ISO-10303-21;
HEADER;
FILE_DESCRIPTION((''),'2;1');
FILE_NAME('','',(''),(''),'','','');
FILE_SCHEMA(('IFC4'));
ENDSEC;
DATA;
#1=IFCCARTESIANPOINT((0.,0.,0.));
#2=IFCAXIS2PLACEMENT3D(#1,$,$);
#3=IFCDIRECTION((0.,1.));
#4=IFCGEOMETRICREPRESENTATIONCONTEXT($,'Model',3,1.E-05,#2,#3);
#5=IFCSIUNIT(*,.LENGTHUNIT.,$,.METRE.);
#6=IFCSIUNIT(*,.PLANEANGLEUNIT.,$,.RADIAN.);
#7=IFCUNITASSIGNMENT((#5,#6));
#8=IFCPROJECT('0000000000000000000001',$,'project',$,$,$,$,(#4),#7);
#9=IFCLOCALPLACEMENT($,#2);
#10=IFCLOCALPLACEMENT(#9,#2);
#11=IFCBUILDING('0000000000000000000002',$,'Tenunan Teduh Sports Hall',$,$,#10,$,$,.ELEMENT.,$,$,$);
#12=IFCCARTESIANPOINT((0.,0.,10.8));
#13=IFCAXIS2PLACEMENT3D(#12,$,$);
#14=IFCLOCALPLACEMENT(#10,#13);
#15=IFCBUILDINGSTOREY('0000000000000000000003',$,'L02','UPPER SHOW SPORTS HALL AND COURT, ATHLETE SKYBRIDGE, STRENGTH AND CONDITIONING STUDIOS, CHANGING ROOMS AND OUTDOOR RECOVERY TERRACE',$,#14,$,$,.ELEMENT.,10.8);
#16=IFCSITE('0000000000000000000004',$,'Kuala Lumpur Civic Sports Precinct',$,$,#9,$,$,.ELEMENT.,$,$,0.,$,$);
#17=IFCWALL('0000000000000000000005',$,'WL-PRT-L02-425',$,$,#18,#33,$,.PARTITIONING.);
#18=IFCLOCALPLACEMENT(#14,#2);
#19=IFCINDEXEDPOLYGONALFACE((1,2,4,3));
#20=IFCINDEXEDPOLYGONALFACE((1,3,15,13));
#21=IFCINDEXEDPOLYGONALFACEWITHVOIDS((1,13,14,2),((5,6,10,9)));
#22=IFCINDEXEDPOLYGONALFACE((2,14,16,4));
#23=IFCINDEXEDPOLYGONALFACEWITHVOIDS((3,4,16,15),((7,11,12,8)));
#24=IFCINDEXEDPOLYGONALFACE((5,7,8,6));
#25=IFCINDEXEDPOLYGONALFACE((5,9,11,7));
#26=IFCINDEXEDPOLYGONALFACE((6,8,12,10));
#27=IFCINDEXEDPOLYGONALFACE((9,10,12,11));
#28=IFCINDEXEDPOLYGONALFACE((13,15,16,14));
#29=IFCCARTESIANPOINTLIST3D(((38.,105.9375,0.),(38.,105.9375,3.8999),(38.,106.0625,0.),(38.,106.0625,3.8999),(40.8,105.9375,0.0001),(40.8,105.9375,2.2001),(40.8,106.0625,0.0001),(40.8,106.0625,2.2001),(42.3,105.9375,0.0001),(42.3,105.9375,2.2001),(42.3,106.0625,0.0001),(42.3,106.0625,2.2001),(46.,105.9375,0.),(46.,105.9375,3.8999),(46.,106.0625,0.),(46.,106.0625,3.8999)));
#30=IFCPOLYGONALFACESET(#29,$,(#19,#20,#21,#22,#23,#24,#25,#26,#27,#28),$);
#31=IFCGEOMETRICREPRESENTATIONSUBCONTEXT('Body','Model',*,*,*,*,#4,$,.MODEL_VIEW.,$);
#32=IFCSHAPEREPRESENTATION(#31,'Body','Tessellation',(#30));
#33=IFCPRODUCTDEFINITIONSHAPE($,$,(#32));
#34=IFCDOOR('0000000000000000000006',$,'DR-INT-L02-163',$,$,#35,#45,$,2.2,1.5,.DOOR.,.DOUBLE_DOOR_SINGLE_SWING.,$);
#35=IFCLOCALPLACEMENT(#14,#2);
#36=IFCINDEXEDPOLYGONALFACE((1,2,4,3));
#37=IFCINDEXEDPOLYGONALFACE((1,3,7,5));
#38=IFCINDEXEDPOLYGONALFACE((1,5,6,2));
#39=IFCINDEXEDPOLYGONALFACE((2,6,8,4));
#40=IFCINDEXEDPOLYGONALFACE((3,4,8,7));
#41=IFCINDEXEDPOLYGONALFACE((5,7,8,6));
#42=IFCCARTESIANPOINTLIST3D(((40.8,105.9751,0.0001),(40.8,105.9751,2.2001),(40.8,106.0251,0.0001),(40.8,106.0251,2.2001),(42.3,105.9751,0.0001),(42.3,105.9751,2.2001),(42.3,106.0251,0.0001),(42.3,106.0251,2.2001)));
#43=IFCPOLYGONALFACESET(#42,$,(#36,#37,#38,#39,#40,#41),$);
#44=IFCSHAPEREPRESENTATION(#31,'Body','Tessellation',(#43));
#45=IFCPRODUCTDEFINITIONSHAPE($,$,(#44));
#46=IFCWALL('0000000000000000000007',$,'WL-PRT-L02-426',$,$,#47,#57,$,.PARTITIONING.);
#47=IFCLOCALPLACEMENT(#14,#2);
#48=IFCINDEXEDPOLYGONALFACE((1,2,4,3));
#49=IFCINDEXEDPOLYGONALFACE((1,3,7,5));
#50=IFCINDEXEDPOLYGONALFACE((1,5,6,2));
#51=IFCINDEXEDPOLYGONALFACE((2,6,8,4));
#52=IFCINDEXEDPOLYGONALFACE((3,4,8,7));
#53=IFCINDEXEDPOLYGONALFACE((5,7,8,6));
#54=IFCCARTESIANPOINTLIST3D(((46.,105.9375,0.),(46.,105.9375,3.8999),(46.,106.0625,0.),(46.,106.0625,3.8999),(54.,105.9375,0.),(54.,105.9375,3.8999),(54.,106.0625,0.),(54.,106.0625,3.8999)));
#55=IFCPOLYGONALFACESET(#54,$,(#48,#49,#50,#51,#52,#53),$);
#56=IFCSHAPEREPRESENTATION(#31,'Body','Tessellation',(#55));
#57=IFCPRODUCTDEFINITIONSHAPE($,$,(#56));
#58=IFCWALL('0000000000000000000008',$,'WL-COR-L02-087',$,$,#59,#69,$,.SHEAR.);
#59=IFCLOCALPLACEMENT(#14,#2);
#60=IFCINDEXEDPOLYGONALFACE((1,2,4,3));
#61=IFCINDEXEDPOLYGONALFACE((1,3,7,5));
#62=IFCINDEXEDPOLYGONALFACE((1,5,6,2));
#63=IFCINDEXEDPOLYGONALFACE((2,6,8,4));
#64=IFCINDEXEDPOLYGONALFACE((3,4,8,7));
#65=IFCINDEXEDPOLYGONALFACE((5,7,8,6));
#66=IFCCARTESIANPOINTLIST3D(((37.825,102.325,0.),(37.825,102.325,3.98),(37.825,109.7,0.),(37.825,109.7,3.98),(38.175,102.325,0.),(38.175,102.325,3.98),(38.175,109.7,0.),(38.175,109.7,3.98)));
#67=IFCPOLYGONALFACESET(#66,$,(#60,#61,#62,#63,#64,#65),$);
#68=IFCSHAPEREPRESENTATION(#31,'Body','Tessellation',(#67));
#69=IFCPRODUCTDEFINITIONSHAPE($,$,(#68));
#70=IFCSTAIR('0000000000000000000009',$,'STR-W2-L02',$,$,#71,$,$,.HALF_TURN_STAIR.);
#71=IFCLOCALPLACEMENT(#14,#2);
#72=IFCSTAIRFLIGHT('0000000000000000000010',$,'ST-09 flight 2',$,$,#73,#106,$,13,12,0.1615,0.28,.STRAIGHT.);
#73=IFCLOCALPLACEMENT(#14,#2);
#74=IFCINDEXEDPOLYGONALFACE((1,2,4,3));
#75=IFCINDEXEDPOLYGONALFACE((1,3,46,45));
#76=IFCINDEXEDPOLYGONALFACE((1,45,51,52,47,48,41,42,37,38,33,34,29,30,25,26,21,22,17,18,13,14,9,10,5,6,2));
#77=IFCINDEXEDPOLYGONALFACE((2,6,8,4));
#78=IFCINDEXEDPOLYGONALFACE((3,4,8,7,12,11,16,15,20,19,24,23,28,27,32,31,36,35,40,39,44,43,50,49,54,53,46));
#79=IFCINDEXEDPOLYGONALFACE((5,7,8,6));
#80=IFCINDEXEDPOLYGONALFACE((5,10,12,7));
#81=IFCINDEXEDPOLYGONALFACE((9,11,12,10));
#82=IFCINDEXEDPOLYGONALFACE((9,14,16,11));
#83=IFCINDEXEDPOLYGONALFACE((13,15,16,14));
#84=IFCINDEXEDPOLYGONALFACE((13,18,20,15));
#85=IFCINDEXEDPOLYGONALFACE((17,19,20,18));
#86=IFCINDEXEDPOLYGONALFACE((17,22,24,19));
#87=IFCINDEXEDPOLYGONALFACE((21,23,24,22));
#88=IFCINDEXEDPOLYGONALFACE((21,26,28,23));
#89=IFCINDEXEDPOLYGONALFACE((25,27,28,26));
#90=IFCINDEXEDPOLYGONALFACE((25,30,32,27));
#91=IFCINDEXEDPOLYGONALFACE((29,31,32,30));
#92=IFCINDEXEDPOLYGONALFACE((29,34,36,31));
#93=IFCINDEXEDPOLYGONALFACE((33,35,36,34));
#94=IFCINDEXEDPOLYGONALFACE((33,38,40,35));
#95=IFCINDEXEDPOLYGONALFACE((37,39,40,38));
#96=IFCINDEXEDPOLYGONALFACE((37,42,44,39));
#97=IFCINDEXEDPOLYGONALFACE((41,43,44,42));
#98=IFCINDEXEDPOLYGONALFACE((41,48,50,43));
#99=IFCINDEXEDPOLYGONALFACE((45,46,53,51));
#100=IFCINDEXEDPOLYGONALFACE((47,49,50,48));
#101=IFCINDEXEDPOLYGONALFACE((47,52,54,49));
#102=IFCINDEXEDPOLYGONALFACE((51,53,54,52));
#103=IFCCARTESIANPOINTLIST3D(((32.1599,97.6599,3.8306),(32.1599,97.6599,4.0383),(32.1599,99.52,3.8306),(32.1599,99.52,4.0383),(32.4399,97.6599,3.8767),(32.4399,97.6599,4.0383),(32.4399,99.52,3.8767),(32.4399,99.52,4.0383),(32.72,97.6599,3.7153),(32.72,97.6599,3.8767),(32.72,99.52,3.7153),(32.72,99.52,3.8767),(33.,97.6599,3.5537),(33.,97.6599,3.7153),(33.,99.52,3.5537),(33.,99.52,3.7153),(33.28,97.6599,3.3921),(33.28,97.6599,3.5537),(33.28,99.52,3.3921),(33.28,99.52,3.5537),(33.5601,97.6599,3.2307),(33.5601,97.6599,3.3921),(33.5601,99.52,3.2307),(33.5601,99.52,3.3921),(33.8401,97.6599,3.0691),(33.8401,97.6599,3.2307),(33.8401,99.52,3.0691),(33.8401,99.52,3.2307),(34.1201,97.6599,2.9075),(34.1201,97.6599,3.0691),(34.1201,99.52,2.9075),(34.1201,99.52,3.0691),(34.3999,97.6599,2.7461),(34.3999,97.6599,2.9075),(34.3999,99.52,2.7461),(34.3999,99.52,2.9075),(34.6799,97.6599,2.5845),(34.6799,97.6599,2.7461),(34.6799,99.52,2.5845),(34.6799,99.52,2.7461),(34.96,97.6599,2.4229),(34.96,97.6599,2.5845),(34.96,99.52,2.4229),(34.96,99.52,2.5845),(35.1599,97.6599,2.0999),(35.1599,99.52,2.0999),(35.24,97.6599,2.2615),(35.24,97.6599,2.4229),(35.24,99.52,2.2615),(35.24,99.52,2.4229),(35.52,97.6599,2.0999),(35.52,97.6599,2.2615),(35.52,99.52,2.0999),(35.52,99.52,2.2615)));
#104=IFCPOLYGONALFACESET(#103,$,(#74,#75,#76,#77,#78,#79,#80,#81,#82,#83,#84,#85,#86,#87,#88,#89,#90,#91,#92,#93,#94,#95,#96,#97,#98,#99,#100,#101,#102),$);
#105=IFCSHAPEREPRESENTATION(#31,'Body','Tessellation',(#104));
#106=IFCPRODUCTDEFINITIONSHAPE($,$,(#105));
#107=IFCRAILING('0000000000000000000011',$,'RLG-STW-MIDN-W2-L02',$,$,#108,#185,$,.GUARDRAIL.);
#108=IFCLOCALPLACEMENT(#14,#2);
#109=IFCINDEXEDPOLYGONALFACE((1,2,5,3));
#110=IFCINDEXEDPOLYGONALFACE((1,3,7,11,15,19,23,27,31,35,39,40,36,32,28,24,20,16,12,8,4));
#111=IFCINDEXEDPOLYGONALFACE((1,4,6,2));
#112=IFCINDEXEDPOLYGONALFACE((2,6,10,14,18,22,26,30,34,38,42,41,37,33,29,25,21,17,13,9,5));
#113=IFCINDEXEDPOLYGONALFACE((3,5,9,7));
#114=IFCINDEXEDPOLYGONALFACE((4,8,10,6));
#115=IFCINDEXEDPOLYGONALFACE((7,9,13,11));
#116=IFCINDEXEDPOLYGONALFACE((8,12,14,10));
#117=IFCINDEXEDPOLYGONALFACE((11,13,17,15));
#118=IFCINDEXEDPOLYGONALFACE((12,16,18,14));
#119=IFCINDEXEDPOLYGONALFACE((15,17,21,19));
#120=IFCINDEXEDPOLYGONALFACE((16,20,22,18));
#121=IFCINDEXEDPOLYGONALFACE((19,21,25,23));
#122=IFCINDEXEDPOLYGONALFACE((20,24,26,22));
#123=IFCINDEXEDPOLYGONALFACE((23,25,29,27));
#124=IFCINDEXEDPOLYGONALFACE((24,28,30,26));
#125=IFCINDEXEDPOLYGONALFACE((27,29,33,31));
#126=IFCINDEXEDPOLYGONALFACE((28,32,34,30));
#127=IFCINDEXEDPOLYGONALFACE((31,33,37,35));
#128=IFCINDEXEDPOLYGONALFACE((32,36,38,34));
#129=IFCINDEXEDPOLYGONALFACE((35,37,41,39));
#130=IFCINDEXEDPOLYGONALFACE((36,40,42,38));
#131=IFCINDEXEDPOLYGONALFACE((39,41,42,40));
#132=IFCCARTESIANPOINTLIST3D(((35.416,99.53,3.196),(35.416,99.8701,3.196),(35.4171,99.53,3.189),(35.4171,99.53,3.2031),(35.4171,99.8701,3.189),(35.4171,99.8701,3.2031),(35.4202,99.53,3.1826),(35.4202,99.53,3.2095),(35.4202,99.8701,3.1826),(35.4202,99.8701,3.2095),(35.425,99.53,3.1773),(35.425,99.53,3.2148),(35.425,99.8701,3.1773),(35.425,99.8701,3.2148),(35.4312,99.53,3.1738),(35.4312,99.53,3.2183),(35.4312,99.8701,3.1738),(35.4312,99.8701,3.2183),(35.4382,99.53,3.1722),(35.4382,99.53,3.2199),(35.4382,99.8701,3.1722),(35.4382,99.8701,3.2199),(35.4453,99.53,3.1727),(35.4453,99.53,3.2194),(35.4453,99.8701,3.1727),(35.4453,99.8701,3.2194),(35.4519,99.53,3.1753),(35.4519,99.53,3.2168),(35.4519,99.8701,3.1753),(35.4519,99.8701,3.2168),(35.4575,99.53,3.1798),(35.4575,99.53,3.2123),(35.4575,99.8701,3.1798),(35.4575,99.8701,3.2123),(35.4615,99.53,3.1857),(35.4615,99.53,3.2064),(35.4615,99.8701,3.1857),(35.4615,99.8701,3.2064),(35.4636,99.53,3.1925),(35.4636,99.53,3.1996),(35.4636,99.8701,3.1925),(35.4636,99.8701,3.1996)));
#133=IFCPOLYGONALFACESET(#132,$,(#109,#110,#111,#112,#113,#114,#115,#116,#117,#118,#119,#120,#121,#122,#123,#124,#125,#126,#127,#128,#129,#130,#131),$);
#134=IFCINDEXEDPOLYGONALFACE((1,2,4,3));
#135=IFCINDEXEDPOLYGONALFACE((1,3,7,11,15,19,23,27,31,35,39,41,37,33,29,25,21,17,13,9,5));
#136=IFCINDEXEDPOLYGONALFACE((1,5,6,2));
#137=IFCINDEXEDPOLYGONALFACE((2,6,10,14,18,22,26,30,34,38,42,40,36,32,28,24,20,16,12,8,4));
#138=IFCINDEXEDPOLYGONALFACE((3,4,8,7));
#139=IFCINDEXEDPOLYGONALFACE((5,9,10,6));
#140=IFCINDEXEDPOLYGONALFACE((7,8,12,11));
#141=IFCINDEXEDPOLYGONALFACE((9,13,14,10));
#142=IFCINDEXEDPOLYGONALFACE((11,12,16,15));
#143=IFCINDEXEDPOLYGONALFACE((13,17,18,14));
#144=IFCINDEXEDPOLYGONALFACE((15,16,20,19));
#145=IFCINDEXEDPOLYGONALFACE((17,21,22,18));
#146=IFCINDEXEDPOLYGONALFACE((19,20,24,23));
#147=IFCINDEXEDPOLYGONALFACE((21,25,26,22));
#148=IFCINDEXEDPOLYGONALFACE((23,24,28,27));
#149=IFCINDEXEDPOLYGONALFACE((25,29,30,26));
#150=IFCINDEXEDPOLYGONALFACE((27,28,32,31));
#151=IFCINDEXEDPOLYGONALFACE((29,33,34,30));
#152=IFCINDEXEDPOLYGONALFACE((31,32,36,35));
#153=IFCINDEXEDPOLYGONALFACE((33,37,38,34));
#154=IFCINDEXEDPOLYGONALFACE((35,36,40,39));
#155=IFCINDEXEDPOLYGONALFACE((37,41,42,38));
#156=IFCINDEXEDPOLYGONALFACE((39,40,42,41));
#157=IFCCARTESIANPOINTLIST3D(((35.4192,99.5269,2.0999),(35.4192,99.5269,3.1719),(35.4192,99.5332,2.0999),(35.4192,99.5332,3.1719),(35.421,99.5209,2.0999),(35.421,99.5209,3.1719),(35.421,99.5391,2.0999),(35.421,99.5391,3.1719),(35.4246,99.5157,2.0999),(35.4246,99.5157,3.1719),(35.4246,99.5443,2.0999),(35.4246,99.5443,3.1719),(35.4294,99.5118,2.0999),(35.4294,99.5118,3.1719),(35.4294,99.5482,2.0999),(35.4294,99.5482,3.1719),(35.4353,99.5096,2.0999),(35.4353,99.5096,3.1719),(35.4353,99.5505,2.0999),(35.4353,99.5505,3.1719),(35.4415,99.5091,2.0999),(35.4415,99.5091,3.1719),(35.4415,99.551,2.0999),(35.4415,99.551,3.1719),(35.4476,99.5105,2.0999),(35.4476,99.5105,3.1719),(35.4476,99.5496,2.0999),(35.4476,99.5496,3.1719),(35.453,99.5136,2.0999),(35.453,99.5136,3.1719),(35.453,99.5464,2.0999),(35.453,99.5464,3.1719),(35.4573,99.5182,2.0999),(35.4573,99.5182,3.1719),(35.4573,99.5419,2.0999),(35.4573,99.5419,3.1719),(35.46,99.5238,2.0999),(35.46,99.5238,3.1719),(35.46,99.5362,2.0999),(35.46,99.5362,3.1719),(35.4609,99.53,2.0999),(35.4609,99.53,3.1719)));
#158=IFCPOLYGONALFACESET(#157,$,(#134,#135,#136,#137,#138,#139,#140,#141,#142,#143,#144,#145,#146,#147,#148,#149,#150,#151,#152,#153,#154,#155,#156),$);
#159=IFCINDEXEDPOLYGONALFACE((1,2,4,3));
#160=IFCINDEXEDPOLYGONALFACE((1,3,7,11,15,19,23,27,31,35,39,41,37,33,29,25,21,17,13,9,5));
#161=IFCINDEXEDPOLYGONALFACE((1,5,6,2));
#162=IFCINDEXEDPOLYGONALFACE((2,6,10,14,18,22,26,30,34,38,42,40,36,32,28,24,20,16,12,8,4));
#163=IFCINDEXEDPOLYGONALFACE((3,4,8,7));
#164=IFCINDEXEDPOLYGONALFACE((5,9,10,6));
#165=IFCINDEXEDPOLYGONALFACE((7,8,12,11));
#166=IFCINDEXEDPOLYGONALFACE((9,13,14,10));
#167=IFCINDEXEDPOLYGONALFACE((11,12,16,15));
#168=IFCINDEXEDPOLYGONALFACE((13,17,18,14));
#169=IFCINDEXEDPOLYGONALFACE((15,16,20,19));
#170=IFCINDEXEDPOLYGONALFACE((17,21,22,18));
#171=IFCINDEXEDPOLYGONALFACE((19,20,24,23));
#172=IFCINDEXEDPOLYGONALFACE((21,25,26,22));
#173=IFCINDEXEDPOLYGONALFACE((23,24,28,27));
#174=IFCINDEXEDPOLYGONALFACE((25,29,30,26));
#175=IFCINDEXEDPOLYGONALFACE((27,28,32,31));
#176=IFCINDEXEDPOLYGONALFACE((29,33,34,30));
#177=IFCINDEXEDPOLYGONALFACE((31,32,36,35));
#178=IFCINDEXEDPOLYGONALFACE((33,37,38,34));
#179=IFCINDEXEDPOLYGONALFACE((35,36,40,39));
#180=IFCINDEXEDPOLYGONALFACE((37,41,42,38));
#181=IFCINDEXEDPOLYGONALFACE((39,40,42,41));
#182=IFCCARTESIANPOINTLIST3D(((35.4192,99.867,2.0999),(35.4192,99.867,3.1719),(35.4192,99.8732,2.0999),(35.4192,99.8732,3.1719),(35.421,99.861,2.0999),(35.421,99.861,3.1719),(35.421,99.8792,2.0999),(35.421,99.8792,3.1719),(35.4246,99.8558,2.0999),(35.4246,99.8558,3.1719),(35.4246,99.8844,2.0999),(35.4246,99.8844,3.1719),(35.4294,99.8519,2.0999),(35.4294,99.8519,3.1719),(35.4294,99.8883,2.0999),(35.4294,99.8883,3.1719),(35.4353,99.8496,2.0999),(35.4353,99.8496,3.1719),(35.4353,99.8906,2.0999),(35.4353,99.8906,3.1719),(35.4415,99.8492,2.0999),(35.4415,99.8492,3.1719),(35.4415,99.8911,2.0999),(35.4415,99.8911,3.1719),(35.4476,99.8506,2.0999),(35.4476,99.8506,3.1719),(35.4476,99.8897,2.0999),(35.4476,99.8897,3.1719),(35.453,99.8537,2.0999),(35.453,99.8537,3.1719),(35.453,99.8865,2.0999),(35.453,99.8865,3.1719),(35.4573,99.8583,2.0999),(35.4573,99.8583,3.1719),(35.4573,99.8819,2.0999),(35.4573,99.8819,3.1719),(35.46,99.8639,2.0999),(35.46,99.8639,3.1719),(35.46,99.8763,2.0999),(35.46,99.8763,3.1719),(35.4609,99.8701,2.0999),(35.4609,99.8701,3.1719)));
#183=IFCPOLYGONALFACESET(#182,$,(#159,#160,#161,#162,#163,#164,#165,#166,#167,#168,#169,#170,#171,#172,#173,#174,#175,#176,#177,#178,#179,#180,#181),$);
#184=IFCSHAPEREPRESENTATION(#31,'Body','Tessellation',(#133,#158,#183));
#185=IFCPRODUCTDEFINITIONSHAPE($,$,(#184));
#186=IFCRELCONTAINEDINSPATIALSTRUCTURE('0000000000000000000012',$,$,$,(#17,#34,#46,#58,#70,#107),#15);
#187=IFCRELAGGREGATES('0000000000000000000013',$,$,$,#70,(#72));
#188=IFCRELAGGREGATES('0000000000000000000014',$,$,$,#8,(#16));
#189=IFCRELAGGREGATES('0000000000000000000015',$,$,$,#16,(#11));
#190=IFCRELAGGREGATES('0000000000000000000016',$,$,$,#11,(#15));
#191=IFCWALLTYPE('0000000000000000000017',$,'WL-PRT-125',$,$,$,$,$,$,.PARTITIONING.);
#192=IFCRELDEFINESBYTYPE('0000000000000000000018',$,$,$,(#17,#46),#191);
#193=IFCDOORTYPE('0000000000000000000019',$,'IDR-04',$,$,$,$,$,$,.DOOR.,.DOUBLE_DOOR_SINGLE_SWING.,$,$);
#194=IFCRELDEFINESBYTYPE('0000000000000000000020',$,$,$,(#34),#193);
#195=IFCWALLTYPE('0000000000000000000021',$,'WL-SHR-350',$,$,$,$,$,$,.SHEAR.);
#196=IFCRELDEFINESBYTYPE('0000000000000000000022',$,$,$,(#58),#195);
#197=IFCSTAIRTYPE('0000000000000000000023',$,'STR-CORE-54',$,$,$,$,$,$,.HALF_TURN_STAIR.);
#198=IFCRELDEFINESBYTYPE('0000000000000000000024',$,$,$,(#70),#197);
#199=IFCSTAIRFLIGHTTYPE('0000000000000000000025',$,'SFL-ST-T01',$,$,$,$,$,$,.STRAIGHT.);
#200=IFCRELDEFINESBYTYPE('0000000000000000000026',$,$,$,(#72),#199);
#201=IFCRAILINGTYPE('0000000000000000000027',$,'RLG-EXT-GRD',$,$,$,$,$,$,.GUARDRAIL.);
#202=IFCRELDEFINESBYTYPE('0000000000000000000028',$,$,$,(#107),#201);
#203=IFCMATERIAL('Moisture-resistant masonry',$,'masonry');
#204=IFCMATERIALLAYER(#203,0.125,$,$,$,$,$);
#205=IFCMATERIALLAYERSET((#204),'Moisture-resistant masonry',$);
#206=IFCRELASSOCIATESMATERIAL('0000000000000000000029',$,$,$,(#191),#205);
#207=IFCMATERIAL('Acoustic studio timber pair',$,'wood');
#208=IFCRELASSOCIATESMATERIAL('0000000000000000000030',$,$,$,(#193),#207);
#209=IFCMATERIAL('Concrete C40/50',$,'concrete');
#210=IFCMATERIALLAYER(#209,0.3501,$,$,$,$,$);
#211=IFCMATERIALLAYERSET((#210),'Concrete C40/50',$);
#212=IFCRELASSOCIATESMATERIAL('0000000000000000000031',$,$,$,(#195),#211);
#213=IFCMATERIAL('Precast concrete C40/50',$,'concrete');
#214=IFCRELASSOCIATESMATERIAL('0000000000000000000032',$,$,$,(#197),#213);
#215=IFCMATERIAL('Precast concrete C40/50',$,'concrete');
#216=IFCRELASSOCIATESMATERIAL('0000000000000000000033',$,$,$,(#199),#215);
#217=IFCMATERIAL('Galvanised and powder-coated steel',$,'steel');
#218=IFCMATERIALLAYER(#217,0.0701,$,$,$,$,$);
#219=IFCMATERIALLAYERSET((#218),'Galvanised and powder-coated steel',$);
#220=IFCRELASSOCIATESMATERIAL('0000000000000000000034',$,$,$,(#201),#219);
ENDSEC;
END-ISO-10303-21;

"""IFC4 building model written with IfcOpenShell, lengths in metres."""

from ifc_helpers import new_model, si_unit, direction, frame, frame_2d, origin, origin_2d, place, context, subcontext, project, spatial, polyline, rectangle, circle, outline, extrude, material, layer, layer_set, type_object, element, fill, aggregate, save


model = new_model("IFC4")

# Units and contexts
model_context = context("Model", 3, precision=1e-05, world=origin(), true_north=direction((0.0, 1.0)))
body_context = subcontext(model_context, "Body", "Model", "MODEL_VIEW")
ifc_project = project(units=[si_unit("LENGTHUNIT", "METRE"), si_unit("PLANEANGLEUNIT", "RADIAN")], contexts=[model_context])

# Site, building, storey
site_placement = place(None, origin())
site = spatial("IfcSite", under=ifc_project, at=site_placement, Name="Kuala Lumpur Civic Sports Precinct", CompositionType="ELEMENT", RefElevation=0.0)
building_placement = place(site_placement, origin())
building = spatial("IfcBuilding", under=site, at=building_placement, Name="Tenunan Teduh Sports Hall", CompositionType="ELEMENT")
storey_placement = place(building_placement, frame((0.0, 0.0, 10.8)))
storey = spatial("IfcBuildingStorey", under=building, at=storey_placement, Name="L02", Description="UPPER SHOW SPORTS HALL AND COURT, ATHLETE SKYBRIDGE, STRENGTH AND CONDITIONING STUDIOS, CHANGING ROOMS AND OUTDOOR RECOVERY TERRACE", CompositionType="ELEMENT", Elevation=10.8)

# Wall, opening, door
ifc_material_1 = material(Name="Moisture-resistant masonry", Category="masonry")
ifc_layer_1 = layer(ifc_material_1, 0.125)
ifc_layer_set_1 = layer_set([ifc_layer_1], Name="Moisture-resistant masonry")
wall_type_1 = type_object("IfcWallType", Name="WL-PRT-125", PredefinedType="PARTITIONING", material=ifc_layer_set_1)
wall_1_placement = place(storey_placement, frame((38.0, 106.0, 0.0), z_axis=(0.0, 0.0, 1.0), x_axis=(1.0, 0.0, 0.0)))
wall_1 = element("IfcWall", 1, at=wall_1_placement, inside=storey, type_object=wall_type_1, Name="WL-PRT-L02-425", PredefinedType="PARTITIONING", context=body_context, shape_type="SweptSolid", body=[
    extrude(rectangle(XDim=8.0, YDim=0.125, at=frame_2d((4.0, 0.0))), origin(), (0.0, 0.0, 1.0), 3.8999),
])
opening_placement = place(wall_1_placement, frame((2.8, 0.0, 0.0)))
opening = element("IfcOpeningElement", 2, at=opening_placement, cuts=wall_1, PredefinedType="OPENING", context=body_context, shape_type="SweptSolid", body=[
    extrude(rectangle(XDim=1.5, YDim=2.2, at=frame_2d((0.75, 1.1001))), frame((0.0, 0.0725, 0.0), z_axis=(0.0, -1.0, 0.0), x_axis=(1.0, 0.0, 0.0)), (0.0, 0.0, 1.0), 0.145),
])
ifc_material_2 = material(Name="Acoustic studio timber pair", Category="wood")
door_type = type_object("IfcDoorType", Name="IDR-04", OperationType="DOUBLE_DOOR_SINGLE_SWING", PredefinedType="DOOR", material=ifc_material_2)
door_placement = place(opening_placement, frame((1.5, 0.0, 0.0), z_axis=(0.0, 0.0, 1.0), x_axis=(-1.0, 0.0, 0.0)))
door = element("IfcDoor", 3, at=door_placement, inside=storey, type_object=door_type, Name="DR-INT-L02-163", OperationType="DOUBLE_DOOR_SINGLE_SWING", OverallHeight=2.2, OverallWidth=1.5, PredefinedType="DOOR", context=body_context, shape_type="SweptSolid", body=[
    extrude(rectangle(XDim=1.5, YDim=2.2, at=frame_2d((0.75, 1.1001))), frame((0.0, 0.0249, 0.0), z_axis=(0.0, -1.0, 0.0), x_axis=(1.0, 0.0, 0.0)), (0.0, 0.0, 1.0), 0.05),
])
fill(opening, door)

# Walls
wall_2_placement = place(storey_placement, frame((46.0, 106.0, 0.0), z_axis=(0.0, 0.0, 1.0), x_axis=(1.0, 0.0, 0.0)))
element("IfcWall", 4, at=wall_2_placement, inside=storey, type_object=wall_type_1, Name="WL-PRT-L02-426", PredefinedType="PARTITIONING", context=body_context, shape_type="SweptSolid", body=[
    extrude(rectangle(XDim=8.0, YDim=0.125, at=frame_2d((4.0, 0.0))), origin(), (0.0, 0.0, 1.0), 3.8999),
])
ifc_material_3 = material(Name="Concrete C40/50", Category="concrete")
ifc_layer_2 = layer(ifc_material_3, 0.3501)
ifc_layer_set_2 = layer_set([ifc_layer_2], Name="Concrete C40/50")
wall_type_2 = type_object("IfcWallType", Name="WL-SHR-350", PredefinedType="SHEAR", material=ifc_layer_set_2)
wall_3_placement = place(storey_placement, frame((38.0, 102.325, 0.0), z_axis=(0.0, 0.0, 1.0), x_axis=(0.0, 1.0, 0.0)))
element("IfcWall", 5, at=wall_3_placement, inside=storey, type_object=wall_type_2, Name="WL-COR-L02-087", PredefinedType="SHEAR", context=body_context, shape_type="SweptSolid", body=[
    extrude(rectangle(XDim=7.375, YDim=0.3501, at=frame_2d((3.6875, 0.0))), origin(), (0.0, 0.0, 1.0), 3.98),
])

# Stair, stair flight
ifc_material_4 = material(Name="Precast concrete C40/50", Category="concrete")
stair_type = type_object("IfcStairType", Name="STR-CORE-54", PredefinedType="HALF_TURN_STAIR", material=ifc_material_4)
stair_placement = place(storey_placement, origin())
stair = element("IfcStair", 6, at=stair_placement, inside=storey, type_object=stair_type, Name="STR-W2-L02", PredefinedType="HALF_TURN_STAIR")
ifc_material_5 = material(Name="Precast concrete C40/50", Category="concrete")
stair_flight_type = type_object("IfcStairFlightType", Name="SFL-ST-T01", PredefinedType="STRAIGHT", material=ifc_material_5)
stair_flight_placement = place(storey_placement, frame((35.52, 98.5901, 2.0999), z_axis=(0.0, 0.0, 1.0), x_axis=(-1.0, 0.0, 0.0)))
stair_flight = element("IfcStairFlight", 7, at=stair_flight_placement, type_object=stair_flight_type, Name="ST-09 flight 2", NumberOfRisers=13, NumberOfTreads=12, PredefinedType="STRAIGHT", RiserHeight=0.1615, TreadLength=0.28, context=body_context, shape_type="SweptSolid", body=[
    extrude(outline(polyline([(0.0, 0.0), (0.0, 0.1616), (0.28, 0.1616), (0.28, 0.323), (0.5601, 0.323), (0.5601, 0.4846), (0.8401, 0.4846), (0.8401, 0.6462), (1.1201, 0.6462), (1.1201, 0.8076), (1.3999, 0.8076), (1.3999, 0.9692), (1.6799, 0.9692), (1.6799, 1.1309), (1.96, 1.1309), (1.96, 1.2922), (2.24, 1.2922), (2.24, 1.4539), (2.52, 1.4539), (2.52, 1.6155), (2.8, 1.6155), (2.8, 1.7769), (3.0801, 1.7769), (3.0801, 1.9385), (3.3601, 1.9385), (3.3601, 2.1001), (3.3601, 1.7307), (0.3601, 0.0), (0.0, 0.0)])), frame((0.0, 0.9302, 0.0), z_axis=(0.0, -1.0, 0.0), x_axis=(1.0, 0.0, 0.0)), (0.0, 0.0, 1.0), 1.8601),
])

# Railing
ifc_material_6 = material(Name="Galvanised and powder-coated steel", Category="steel")
ifc_layer_3 = layer(ifc_material_6, 0.0701)
ifc_layer_set_3 = layer_set([ifc_layer_3], Name="Galvanised and powder-coated steel")
railing_type_1 = type_object("IfcRailingType", Name="RLG-EXT-GRD", PredefinedType="GUARDRAIL", material=ifc_layer_set_3)
railing_1_placement = place(storey_placement, frame((35.4399, 99.53, 2.0999)))
element("IfcRailing", 8, at=railing_1_placement, inside=storey, type_object=railing_type_1, Name="RLG-STW-MIDN-W2-L02", PredefinedType="GUARDRAIL", context=body_context, shape_type="SweptSolid", body=[
    extrude(circle(Radius=0.0239, at=origin_2d()), frame((0.0, 0.0, 1.0962), z_axis=(0.0, 1.0, 0.0), x_axis=(-1.0, 0.0, 0.0)), (0.0, 0.0, 1.0), 0.3401),
    extrude(circle(Radius=0.021, at=origin_2d()), origin(), (0.0, 0.0, 1.0), 1.072),
    extrude(circle(Radius=0.021, at=origin_2d()), frame((0.0, 0.3401, 0.0)), (0.0, 0.0, 1.0), 1.072),
])
aggregate(stair, [stair_flight])

save(model, "model.ifc")
